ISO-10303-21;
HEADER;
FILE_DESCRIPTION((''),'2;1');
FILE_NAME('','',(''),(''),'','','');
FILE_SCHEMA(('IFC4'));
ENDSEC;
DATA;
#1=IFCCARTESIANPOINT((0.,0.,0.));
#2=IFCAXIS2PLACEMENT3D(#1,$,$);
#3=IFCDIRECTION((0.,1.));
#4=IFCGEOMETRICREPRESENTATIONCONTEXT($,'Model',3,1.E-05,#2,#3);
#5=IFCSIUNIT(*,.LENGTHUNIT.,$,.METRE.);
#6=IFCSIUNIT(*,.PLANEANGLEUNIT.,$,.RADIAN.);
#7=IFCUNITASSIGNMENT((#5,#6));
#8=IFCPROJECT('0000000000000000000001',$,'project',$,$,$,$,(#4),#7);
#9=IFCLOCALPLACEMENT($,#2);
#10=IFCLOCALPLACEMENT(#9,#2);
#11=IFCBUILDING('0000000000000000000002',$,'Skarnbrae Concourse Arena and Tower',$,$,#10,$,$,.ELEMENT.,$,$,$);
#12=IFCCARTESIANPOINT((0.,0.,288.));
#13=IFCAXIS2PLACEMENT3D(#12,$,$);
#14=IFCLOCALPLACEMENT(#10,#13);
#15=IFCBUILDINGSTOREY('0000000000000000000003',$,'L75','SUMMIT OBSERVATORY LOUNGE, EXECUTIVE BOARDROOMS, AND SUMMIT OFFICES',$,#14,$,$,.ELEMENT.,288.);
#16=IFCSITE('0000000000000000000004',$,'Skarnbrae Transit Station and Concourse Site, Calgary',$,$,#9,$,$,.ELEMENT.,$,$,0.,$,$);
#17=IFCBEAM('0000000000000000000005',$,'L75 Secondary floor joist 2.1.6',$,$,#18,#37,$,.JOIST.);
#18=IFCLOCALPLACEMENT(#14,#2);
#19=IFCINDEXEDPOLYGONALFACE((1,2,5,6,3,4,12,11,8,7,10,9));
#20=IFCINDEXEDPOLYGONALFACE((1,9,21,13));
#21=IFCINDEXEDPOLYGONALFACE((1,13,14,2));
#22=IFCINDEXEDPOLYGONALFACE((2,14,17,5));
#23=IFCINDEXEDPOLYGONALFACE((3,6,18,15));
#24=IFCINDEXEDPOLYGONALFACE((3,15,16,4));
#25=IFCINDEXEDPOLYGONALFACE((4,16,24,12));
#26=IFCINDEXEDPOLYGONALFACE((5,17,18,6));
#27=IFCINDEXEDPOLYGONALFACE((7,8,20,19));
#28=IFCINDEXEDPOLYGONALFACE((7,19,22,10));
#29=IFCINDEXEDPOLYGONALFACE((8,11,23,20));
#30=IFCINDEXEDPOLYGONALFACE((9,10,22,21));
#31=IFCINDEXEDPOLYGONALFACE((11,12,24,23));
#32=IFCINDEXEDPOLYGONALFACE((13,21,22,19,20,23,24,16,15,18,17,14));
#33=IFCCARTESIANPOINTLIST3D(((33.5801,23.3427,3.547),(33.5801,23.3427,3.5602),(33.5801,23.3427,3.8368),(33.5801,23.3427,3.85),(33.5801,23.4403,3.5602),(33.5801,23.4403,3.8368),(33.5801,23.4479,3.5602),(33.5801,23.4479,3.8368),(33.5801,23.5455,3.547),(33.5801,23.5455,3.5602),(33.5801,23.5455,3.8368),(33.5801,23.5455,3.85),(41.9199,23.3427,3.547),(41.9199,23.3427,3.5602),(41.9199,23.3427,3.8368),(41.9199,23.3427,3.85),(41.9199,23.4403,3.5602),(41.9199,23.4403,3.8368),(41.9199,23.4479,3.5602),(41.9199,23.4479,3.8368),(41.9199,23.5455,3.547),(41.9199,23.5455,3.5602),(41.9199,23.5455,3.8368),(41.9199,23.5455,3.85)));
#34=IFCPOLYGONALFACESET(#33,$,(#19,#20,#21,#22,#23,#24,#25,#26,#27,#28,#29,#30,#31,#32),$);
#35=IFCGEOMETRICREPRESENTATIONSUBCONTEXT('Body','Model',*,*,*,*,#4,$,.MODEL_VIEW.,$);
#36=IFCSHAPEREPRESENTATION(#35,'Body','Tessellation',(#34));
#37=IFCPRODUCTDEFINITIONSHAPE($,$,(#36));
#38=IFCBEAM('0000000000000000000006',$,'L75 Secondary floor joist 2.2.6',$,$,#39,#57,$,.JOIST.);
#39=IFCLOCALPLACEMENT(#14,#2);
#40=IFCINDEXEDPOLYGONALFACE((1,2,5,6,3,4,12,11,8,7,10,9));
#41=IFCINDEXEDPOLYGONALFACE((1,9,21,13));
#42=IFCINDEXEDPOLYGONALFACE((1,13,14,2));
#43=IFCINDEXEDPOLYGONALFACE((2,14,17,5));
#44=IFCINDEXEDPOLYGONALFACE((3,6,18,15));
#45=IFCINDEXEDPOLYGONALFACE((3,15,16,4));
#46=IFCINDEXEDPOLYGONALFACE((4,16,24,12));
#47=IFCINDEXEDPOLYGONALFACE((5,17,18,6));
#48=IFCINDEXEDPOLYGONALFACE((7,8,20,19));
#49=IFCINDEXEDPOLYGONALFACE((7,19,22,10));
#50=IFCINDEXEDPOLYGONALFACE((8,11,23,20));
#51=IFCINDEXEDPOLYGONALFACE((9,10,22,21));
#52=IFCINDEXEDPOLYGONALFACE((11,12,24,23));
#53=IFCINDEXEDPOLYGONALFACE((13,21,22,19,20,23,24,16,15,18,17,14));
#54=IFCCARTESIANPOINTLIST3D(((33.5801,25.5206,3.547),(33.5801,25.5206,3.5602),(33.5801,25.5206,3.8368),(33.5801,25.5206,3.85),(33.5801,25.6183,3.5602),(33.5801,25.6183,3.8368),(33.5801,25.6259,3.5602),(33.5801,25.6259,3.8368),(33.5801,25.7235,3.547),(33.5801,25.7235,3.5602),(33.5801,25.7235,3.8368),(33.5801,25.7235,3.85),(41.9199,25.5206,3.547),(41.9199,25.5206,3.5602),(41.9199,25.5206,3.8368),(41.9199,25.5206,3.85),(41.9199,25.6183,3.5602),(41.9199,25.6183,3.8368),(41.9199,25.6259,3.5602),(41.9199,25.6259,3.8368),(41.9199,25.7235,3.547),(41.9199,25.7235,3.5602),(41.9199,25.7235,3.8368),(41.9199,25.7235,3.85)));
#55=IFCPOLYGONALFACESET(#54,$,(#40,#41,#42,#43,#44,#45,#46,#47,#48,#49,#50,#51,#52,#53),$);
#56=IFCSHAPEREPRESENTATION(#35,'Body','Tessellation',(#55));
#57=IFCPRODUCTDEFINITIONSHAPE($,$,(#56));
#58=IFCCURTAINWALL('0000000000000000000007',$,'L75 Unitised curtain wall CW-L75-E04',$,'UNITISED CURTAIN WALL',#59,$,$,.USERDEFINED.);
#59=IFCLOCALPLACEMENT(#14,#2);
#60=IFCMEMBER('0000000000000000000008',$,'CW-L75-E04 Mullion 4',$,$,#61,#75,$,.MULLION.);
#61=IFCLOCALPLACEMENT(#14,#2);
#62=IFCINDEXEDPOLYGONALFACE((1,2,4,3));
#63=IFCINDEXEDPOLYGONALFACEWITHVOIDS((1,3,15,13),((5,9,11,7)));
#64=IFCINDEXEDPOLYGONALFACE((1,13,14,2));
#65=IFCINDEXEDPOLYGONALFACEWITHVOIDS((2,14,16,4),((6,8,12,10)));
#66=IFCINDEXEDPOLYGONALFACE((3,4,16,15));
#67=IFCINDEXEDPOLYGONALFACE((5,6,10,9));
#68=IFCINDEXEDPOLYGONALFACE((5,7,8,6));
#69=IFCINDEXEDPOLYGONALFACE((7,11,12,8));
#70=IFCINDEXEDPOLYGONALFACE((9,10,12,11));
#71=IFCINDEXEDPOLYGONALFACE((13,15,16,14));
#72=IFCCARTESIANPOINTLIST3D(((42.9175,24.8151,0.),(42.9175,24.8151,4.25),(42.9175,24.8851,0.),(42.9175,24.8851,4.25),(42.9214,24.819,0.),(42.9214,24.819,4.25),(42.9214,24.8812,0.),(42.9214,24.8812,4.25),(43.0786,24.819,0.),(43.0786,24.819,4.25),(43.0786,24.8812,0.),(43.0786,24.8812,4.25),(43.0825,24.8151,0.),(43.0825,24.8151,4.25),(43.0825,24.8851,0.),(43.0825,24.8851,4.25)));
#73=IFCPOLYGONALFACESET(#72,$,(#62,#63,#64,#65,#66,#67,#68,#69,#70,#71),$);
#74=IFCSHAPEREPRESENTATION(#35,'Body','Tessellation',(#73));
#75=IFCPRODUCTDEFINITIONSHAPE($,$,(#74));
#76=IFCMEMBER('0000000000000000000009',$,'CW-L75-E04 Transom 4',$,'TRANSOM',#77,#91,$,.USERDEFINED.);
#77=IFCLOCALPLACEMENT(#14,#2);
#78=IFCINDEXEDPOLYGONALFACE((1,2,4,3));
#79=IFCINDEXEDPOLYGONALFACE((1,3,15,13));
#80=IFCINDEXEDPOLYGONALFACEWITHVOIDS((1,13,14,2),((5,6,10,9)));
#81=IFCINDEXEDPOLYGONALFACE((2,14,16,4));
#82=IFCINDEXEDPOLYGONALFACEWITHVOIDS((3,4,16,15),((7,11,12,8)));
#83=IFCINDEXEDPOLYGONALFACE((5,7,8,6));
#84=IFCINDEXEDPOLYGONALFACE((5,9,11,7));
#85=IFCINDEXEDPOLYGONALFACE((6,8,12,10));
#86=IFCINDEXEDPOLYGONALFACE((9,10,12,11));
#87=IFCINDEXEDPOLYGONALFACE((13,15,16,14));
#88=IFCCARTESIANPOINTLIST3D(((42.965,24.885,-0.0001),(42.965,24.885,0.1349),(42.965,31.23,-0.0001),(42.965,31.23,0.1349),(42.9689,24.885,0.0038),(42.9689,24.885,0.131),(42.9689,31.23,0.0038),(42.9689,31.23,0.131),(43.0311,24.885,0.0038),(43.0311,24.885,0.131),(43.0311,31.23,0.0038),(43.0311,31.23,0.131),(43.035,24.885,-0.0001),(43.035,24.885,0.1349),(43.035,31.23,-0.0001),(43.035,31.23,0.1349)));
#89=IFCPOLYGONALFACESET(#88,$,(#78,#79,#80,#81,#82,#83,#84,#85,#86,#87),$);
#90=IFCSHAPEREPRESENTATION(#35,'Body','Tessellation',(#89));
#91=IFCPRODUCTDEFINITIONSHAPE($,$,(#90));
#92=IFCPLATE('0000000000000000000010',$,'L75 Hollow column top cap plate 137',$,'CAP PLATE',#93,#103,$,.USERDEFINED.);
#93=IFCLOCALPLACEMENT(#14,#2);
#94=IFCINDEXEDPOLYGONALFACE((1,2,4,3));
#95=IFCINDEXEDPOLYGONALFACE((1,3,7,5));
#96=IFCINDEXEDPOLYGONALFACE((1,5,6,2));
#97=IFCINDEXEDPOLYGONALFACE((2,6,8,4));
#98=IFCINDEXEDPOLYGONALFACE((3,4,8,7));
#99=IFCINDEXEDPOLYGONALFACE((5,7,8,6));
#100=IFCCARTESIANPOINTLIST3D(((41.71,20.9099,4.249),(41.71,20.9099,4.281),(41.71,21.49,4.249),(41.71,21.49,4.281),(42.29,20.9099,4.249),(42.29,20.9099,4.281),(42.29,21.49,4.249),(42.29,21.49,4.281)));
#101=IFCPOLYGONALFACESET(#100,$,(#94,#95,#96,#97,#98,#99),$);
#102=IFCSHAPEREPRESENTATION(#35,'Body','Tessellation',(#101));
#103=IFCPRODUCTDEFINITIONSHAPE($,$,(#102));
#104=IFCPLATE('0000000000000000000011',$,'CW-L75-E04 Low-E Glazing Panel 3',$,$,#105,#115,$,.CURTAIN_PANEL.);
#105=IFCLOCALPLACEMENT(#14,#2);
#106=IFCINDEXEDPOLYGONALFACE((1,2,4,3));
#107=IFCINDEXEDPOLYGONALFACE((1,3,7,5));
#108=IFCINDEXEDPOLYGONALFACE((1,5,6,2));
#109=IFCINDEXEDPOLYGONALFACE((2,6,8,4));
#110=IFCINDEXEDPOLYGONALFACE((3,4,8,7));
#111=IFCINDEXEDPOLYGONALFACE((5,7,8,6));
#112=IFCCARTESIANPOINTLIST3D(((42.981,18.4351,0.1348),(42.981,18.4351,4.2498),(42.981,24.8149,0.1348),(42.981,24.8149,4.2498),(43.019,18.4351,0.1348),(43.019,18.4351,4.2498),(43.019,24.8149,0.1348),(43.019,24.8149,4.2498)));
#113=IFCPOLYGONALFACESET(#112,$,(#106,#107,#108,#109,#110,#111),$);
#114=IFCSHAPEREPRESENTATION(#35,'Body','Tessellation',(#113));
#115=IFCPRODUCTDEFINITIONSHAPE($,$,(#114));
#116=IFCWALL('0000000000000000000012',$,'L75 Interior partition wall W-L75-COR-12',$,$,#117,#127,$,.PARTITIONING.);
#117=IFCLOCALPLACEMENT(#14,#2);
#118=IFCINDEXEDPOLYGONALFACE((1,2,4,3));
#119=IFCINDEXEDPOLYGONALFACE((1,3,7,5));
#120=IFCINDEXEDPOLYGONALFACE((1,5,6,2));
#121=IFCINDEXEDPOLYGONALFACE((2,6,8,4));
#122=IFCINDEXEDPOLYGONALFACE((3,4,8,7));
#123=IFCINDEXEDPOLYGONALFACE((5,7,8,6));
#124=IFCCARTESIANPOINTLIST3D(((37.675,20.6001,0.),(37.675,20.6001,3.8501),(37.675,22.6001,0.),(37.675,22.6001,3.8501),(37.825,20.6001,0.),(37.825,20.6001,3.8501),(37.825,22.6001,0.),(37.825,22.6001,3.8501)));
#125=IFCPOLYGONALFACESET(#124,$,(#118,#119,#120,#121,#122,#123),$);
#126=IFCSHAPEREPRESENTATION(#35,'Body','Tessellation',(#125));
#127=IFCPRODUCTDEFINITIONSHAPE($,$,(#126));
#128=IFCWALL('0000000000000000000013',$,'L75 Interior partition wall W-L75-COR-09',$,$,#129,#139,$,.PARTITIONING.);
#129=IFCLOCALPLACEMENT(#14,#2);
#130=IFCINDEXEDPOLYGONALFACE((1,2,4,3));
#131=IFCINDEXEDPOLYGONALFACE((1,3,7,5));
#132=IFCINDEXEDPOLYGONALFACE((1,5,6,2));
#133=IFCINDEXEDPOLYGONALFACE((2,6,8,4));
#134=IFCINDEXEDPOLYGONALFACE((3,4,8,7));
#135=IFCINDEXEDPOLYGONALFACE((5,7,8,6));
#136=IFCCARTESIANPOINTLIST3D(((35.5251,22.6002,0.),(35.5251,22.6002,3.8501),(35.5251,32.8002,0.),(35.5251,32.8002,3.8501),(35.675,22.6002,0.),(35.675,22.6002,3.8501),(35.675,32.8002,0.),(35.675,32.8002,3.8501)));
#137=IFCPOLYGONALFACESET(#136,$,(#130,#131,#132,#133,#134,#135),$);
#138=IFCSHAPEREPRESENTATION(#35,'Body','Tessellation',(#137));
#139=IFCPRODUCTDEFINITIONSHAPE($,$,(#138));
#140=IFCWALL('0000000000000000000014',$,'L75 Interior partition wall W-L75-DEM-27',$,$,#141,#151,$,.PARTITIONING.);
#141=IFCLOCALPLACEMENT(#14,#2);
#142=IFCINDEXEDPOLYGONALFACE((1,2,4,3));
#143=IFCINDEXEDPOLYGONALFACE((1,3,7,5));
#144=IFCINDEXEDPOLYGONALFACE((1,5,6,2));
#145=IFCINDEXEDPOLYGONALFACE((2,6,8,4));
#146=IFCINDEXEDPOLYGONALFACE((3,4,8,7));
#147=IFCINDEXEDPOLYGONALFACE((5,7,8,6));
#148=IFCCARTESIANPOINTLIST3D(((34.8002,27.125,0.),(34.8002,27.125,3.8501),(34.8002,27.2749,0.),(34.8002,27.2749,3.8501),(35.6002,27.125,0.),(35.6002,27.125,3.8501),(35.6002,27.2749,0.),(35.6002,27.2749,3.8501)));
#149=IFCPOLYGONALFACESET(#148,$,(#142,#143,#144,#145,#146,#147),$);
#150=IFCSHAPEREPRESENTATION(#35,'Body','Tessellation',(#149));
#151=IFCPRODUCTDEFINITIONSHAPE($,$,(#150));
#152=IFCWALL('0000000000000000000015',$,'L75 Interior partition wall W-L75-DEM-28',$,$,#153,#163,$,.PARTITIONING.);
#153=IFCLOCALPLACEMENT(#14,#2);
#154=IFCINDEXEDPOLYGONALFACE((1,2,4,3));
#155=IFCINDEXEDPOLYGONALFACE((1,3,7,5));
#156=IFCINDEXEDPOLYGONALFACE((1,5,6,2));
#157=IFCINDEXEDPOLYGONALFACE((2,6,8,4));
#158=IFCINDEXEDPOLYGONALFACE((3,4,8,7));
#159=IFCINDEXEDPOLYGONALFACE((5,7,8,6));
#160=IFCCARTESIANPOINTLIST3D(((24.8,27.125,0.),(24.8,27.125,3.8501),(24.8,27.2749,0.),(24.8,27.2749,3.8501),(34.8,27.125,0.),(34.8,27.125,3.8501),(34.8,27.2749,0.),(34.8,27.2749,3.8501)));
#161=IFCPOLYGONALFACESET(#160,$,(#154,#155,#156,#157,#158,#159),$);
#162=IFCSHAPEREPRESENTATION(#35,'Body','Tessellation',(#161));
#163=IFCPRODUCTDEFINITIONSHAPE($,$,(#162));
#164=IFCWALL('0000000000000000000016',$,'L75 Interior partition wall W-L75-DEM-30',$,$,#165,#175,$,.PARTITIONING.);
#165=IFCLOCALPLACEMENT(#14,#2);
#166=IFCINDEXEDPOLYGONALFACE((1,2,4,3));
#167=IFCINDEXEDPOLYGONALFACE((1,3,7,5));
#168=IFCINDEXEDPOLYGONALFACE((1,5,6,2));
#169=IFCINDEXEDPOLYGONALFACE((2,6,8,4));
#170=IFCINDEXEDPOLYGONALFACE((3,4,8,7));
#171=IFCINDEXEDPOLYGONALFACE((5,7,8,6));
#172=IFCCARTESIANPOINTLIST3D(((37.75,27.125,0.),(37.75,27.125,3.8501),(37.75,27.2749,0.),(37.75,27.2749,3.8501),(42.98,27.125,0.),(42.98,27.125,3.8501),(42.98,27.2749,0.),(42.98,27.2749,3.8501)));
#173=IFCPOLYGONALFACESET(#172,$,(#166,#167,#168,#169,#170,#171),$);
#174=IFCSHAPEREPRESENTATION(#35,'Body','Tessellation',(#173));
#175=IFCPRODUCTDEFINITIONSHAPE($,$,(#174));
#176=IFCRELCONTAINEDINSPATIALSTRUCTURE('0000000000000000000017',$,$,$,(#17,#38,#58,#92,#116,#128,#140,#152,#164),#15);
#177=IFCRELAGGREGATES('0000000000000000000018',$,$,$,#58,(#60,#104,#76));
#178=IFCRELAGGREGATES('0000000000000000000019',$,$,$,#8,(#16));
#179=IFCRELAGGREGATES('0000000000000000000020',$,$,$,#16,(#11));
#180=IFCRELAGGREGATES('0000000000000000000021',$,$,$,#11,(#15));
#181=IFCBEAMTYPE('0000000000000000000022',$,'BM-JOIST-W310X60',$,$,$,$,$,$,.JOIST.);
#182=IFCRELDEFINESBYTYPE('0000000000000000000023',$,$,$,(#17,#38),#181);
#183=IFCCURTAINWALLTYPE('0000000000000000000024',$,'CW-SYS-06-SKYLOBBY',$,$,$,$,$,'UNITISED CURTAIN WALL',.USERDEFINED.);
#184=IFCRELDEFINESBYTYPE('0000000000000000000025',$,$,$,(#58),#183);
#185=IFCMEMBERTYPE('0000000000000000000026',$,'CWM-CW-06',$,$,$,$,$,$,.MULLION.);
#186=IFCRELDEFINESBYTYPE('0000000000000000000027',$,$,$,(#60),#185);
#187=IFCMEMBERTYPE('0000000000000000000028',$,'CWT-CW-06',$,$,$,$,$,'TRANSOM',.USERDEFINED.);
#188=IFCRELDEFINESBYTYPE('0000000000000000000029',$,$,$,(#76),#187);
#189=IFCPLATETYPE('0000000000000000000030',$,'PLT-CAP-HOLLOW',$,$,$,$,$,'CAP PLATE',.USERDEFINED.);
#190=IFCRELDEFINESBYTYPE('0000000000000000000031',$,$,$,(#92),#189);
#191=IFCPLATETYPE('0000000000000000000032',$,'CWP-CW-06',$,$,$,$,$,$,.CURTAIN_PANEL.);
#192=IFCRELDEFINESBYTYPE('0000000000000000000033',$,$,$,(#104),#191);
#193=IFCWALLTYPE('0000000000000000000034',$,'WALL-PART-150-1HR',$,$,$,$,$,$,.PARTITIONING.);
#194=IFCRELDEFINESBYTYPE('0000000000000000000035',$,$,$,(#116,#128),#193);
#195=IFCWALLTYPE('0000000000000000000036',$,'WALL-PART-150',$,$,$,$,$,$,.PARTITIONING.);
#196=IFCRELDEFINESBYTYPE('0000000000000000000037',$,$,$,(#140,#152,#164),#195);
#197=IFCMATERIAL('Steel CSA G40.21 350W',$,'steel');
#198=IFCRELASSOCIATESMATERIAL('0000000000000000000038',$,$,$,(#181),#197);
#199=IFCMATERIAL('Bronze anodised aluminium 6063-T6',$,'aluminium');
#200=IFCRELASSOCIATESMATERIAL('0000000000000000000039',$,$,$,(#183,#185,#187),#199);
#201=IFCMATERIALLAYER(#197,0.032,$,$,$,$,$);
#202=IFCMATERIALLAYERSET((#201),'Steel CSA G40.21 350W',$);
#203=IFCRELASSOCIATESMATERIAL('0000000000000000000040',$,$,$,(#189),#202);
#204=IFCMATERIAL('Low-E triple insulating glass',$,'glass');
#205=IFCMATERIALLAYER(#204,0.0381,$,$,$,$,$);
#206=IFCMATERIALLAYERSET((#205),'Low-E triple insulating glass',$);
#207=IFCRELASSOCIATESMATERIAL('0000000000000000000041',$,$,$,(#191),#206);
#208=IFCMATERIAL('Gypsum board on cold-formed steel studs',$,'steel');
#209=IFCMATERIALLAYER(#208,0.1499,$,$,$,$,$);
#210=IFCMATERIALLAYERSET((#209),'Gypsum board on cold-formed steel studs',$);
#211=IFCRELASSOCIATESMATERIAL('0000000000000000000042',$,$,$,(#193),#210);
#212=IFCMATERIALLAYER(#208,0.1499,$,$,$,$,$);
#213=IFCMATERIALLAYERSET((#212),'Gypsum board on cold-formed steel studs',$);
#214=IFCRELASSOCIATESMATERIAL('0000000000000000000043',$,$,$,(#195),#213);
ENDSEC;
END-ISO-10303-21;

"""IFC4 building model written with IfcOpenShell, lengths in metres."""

from ifc_helpers import new_model, si_unit, direction, frame, frame_2d, origin, origin_2d, place, context, subcontext, project, spatial, rectangle, hollow_rectangle, i_section, extrude, source, transform, mapped, material, layer, layer_set, material_profile, profile_set, type_object, element, aggregate, save


model = new_model("IFC4")

# Units and contexts
model_context = context("Model", 3, precision=1e-05, world=origin(), true_north=direction((0.0, 1.0)))
body_context = subcontext(model_context, "Body", "Model", "MODEL_VIEW")
ifc_project = project(units=[si_unit("LENGTHUNIT", "METRE"), si_unit("PLANEANGLEUNIT", "RADIAN")], contexts=[model_context])

# Site, building, storey
site_placement = place(None, origin())
site = spatial("IfcSite", under=ifc_project, at=site_placement, Name="Skarnbrae Transit Station and Concourse Site, Calgary", CompositionType="ELEMENT", RefElevation=0.0)
building_placement = place(site_placement, origin())
building = spatial("IfcBuilding", under=site, at=building_placement, Name="Skarnbrae Concourse Arena and Tower", CompositionType="ELEMENT")
storey_placement = place(building_placement, frame((0.0, 0.0, 288.0)))
storey = spatial("IfcBuildingStorey", under=building, at=storey_placement, Name="L75", Description="SUMMIT OBSERVATORY LOUNGE, EXECUTIVE BOARDROOMS, AND SUMMIT OFFICES", CompositionType="ELEMENT", Elevation=288.0)

# Shared definitions
ifc_material_1 = material(Name="Steel CSA G40.21 350W", Category="steel")

# Beams
ifc_material_profile_1 = material_profile(ifc_material_1, i_section(OverallWidth=0.2029, OverallDepth=0.303, WebThickness=0.0076, FlangeThickness=0.0132, at=origin_2d()), Name="W310X60")
ifc_profile_set_1 = profile_set([ifc_material_profile_1], Name="Steel CSA G40.21 350W")
beam_type_1 = type_object("IfcBeamType", Name="BM-JOIST-W310X60", PredefinedType="JOIST", material=ifc_profile_set_1)
shared_shape_1 = source(origin(), body_context, "Body", "SweptSolid", [
    extrude(i_section(OverallWidth=0.2029, OverallDepth=0.303, WebThickness=0.0076, FlangeThickness=0.0132, at=origin_2d()), origin(), (0.0, 0.0, 1.0), 8.3398),
])
for number, where, z_axis, x_axis, name in (
    (1, (33.5801, 23.4441, 3.6985), (1.0, 0.0, 0.0), (0.0, 1.0, 0.0), "L75 Secondary floor joist 2.1.6"),
    (2, (33.5801, 25.6221, 3.6985), (1.0, 0.0, 0.0), (0.0, 1.0, 0.0), "L75 Secondary floor joist 2.2.6"),
):
    element("IfcBeam", number, at=place(storey_placement, frame(where, z_axis=z_axis, x_axis=x_axis)), inside=storey, type_object=beam_type_1, Name=name, PredefinedType="JOIST", context=body_context, shape_type="MappedRepresentation", body=[
        mapped(shared_shape_1, transform((0.0, 0.0, 0.0))),
    ])

# Curtain wall, members
ifc_material_2 = material(Name="Bronze anodised aluminium 6063-T6", Category="aluminium")
curtain_wall_type = type_object("IfcCurtainWallType", Name="CW-SYS-06-SKYLOBBY", ElementType="UNITISED CURTAIN WALL", PredefinedType="USERDEFINED", material=ifc_material_2)
curtain_wall_placement = place(storey_placement, origin())
curtain_wall = element("IfcCurtainWall", 3, at=curtain_wall_placement, inside=storey, type_object=curtain_wall_type, Name="L75 Unitised curtain wall CW-L75-E04", ObjectType="UNITISED CURTAIN WALL", PredefinedType="USERDEFINED")
ifc_material_profile_2 = material_profile(ifc_material_2, hollow_rectangle(XDim=0.0701, YDim=0.165, WallThickness=0.0039, at=origin_2d()), Name="ALU-MULL-70X165")
ifc_profile_set_2 = profile_set([ifc_material_profile_2], Name="Bronze anodised aluminium 6063-T6")
member_type_1 = type_object("IfcMemberType", Name="CWM-CW-06", PredefinedType="MULLION", material=ifc_profile_set_2)
shared_shape_2 = source(origin(), body_context, "Body", "SweptSolid", [
    extrude(hollow_rectangle(XDim=0.0701, YDim=0.165, WallThickness=0.0039, at=origin_2d()), origin(), (0.0, 0.0, 1.0), 4.25),
])
member_1_placement = place(storey_placement, frame((43.0, 24.8501, 0.0), z_axis=(0.0, 0.0, 1.0), x_axis=(0.0, 1.0, 0.0)))
member_1 = element("IfcMember", 4, at=member_1_placement, type_object=member_type_1, Name="CW-L75-E04 Mullion 4", PredefinedType="MULLION", context=body_context, shape_type="MappedRepresentation", body=[
    mapped(shared_shape_2, transform((0.0, 0.0, 0.0))),
])
ifc_material_profile_3 = material_profile(ifc_material_2, hollow_rectangle(XDim=0.0701, YDim=0.135, WallThickness=0.0039, at=origin_2d()), Name="ALU-TRAN-70X135")
ifc_profile_set_3 = profile_set([ifc_material_profile_3], Name="Bronze anodised aluminium 6063-T6")
member_type_2 = type_object("IfcMemberType", Name="CWT-CW-06", ElementType="TRANSOM", PredefinedType="USERDEFINED", material=ifc_profile_set_3)
shared_shape_3 = source(origin(), body_context, "Body", "SweptSolid", [
    extrude(hollow_rectangle(XDim=0.0701, YDim=0.135, WallThickness=0.0039, at=origin_2d()), origin(), (0.0, 0.0, 1.0), 6.345),
])
member_2_placement = place(storey_placement, frame((43.0, 24.885, 0.0674), z_axis=(0.0, 1.0, 0.0), x_axis=(-1.0, 0.0, 0.0)))
member_2 = element("IfcMember", 5, at=member_2_placement, type_object=member_type_2, Name="CW-L75-E04 Transom 4", ObjectType="TRANSOM", PredefinedType="USERDEFINED", context=body_context, shape_type="MappedRepresentation", body=[
    mapped(shared_shape_3, transform((0.0, 0.0, 0.0))),
])

# Plates
ifc_layer_1 = layer(ifc_material_1, 0.032)
ifc_layer_set_1 = layer_set([ifc_layer_1], Name="Steel CSA G40.21 350W")
plate_type_1 = type_object("IfcPlateType", Name="PLT-CAP-HOLLOW", ElementType="CAP PLATE", PredefinedType="USERDEFINED", material=ifc_layer_set_1)
shared_shape_4 = source(origin(), body_context, "Body", "SweptSolid", [
    extrude(rectangle(XDim=0.5801, YDim=0.5801, at=origin_2d()), origin(), (0.0, 0.0, 1.0), 0.032),
])
plate_1_placement = place(storey_placement, frame((42.0, 21.2, 4.249), z_axis=(0.0, 0.0, 1.0), x_axis=(1.0, 0.0, 0.0)))
element("IfcPlate", 6, at=plate_1_placement, inside=storey, type_object=plate_type_1, Name="L75 Hollow column top cap plate 137", ObjectType="CAP PLATE", PredefinedType="USERDEFINED", context=body_context, shape_type="MappedRepresentation", body=[
    mapped(shared_shape_4, transform((0.0, 0.0, 0.0))),
])
ifc_material_3 = material(Name="Low-E triple insulating glass", Category="glass")
ifc_layer_2 = layer(ifc_material_3, 0.0381)
ifc_layer_set_2 = layer_set([ifc_layer_2], Name="Low-E triple insulating glass")
plate_type_2 = type_object("IfcPlateType", Name="CWP-CW-06", PredefinedType="CURTAIN_PANEL", material=ifc_layer_set_2)
shared_shape_5 = source(origin(), body_context, "Body", "SweptSolid", [
    extrude(rectangle(XDim=6.3799, YDim=0.0381, at=origin_2d()), origin(), (0.0, 0.0, 1.0), 4.115),
])
plate_2_placement = place(storey_placement, frame((43.0, 21.625, 0.1348), z_axis=(0.0, 0.0, 1.0), x_axis=(0.0, 1.0, 0.0)))
plate_2 = element("IfcPlate", 7, at=plate_2_placement, type_object=plate_type_2, Name="CW-L75-E04 Low-E Glazing Panel 3", PredefinedType="CURTAIN_PANEL", context=body_context, shape_type="MappedRepresentation", body=[
    mapped(shared_shape_5, transform((0.0, 0.0, 0.0))),
])
aggregate(curtain_wall, [member_1, plate_2, member_2])

# Walls
ifc_material_4 = material(Name="Gypsum board on cold-formed steel studs", Category="steel")
ifc_layer_3 = layer(ifc_material_4, 0.1499)
ifc_layer_set_3 = layer_set([ifc_layer_3], Name="Gypsum board on cold-formed steel studs")
wall_type_1 = type_object("IfcWallType", Name="WALL-PART-150-1HR", PredefinedType="PARTITIONING", material=ifc_layer_set_3)
shared_shape_6 = source(origin(), body_context, "Body", "SweptSolid", [
    extrude(rectangle(XDim=2.0, YDim=0.1499, at=frame_2d((1.0, 0.0))), origin(), (0.0, 0.0, 1.0), 3.8501),
])
wall_1_placement = place(storey_placement, frame((37.75, 22.6001, 0.0), z_axis=(0.0, 0.0, 1.0), x_axis=(0.0, -1.0, 0.0)))
element("IfcWall", 8, at=wall_1_placement, inside=storey, type_object=wall_type_1, Name="L75 Interior partition wall W-L75-COR-12", PredefinedType="PARTITIONING", context=body_context, shape_type="MappedRepresentation", body=[
    mapped(shared_shape_6, transform((0.0, 0.0, 0.0))),
])
shared_shape_7 = source(origin(), body_context, "Body", "SweptSolid", [
    extrude(rectangle(XDim=10.2, YDim=0.1499, at=frame_2d((5.1001, 0.0))), origin(), (0.0, 0.0, 1.0), 3.8501),
])
wall_2_placement = place(storey_placement, frame((35.6001, 22.6001, 0.0), z_axis=(0.0, 0.0, 1.0), x_axis=(0.0, 1.0, 0.0)))
element("IfcWall", 9, at=wall_2_placement, inside=storey, type_object=wall_type_1, Name="L75 Interior partition wall W-L75-COR-09", PredefinedType="PARTITIONING", context=body_context, shape_type="MappedRepresentation", body=[
    mapped(shared_shape_7, transform((0.0, 0.0, 0.0))),
])
ifc_layer_4 = layer(ifc_material_4, 0.1499)
ifc_layer_set_4 = layer_set([ifc_layer_4], Name="Gypsum board on cold-formed steel studs")
wall_type_2 = type_object("IfcWallType", Name="WALL-PART-150", PredefinedType="PARTITIONING", material=ifc_layer_set_4)
shared_shape_8 = source(origin(), body_context, "Body", "SweptSolid", [
    extrude(rectangle(XDim=0.8, YDim=0.1499, at=frame_2d((0.3999, 0.0))), origin(), (0.0, 0.0, 1.0), 3.8501),
])
wall_3_placement = place(storey_placement, frame((35.6001, 27.2, 0.0), z_axis=(0.0, 0.0, 1.0), x_axis=(-1.0, 0.0, 0.0)))
element("IfcWall", 10, at=wall_3_placement, inside=storey, type_object=wall_type_2, Name="L75 Interior partition wall W-L75-DEM-27", PredefinedType="PARTITIONING", context=body_context, shape_type="MappedRepresentation", body=[
    mapped(shared_shape_8, transform((0.0, 0.0, 0.0))),
])
shared_shape_9 = source(origin(), body_context, "Body", "SweptSolid", [
    extrude(rectangle(XDim=10.0, YDim=0.1499, at=frame_2d((5.0, 0.0))), origin(), (0.0, 0.0, 1.0), 3.8501),
])
wall_4_placement = place(storey_placement, frame((34.8, 27.2, 0.0), z_axis=(0.0, 0.0, 1.0), x_axis=(-1.0, 0.0, 0.0)))
element("IfcWall", 11, at=wall_4_placement, inside=storey, type_object=wall_type_2, Name="L75 Interior partition wall W-L75-DEM-28", PredefinedType="PARTITIONING", context=body_context, shape_type="MappedRepresentation", body=[
    mapped(shared_shape_9, transform((0.0, 0.0, 0.0))),
])
shared_shape_10 = source(origin(), body_context, "Body", "SweptSolid", [
    extrude(rectangle(XDim=5.23, YDim=0.1499, at=frame_2d((2.615, 0.0))), origin(), (0.0, 0.0, 1.0), 3.8501),
])
wall_5_placement = place(storey_placement, frame((42.98, 27.2, 0.0), z_axis=(0.0, 0.0, 1.0), x_axis=(-1.0, 0.0, 0.0)))
element("IfcWall", 12, at=wall_5_placement, inside=storey, type_object=wall_type_2, Name="L75 Interior partition wall W-L75-DEM-30", PredefinedType="PARTITIONING", context=body_context, shape_type="MappedRepresentation", body=[
    mapped(shared_shape_10, transform((0.0, 0.0, 0.0))),
])

save(model, "model.ifc")
